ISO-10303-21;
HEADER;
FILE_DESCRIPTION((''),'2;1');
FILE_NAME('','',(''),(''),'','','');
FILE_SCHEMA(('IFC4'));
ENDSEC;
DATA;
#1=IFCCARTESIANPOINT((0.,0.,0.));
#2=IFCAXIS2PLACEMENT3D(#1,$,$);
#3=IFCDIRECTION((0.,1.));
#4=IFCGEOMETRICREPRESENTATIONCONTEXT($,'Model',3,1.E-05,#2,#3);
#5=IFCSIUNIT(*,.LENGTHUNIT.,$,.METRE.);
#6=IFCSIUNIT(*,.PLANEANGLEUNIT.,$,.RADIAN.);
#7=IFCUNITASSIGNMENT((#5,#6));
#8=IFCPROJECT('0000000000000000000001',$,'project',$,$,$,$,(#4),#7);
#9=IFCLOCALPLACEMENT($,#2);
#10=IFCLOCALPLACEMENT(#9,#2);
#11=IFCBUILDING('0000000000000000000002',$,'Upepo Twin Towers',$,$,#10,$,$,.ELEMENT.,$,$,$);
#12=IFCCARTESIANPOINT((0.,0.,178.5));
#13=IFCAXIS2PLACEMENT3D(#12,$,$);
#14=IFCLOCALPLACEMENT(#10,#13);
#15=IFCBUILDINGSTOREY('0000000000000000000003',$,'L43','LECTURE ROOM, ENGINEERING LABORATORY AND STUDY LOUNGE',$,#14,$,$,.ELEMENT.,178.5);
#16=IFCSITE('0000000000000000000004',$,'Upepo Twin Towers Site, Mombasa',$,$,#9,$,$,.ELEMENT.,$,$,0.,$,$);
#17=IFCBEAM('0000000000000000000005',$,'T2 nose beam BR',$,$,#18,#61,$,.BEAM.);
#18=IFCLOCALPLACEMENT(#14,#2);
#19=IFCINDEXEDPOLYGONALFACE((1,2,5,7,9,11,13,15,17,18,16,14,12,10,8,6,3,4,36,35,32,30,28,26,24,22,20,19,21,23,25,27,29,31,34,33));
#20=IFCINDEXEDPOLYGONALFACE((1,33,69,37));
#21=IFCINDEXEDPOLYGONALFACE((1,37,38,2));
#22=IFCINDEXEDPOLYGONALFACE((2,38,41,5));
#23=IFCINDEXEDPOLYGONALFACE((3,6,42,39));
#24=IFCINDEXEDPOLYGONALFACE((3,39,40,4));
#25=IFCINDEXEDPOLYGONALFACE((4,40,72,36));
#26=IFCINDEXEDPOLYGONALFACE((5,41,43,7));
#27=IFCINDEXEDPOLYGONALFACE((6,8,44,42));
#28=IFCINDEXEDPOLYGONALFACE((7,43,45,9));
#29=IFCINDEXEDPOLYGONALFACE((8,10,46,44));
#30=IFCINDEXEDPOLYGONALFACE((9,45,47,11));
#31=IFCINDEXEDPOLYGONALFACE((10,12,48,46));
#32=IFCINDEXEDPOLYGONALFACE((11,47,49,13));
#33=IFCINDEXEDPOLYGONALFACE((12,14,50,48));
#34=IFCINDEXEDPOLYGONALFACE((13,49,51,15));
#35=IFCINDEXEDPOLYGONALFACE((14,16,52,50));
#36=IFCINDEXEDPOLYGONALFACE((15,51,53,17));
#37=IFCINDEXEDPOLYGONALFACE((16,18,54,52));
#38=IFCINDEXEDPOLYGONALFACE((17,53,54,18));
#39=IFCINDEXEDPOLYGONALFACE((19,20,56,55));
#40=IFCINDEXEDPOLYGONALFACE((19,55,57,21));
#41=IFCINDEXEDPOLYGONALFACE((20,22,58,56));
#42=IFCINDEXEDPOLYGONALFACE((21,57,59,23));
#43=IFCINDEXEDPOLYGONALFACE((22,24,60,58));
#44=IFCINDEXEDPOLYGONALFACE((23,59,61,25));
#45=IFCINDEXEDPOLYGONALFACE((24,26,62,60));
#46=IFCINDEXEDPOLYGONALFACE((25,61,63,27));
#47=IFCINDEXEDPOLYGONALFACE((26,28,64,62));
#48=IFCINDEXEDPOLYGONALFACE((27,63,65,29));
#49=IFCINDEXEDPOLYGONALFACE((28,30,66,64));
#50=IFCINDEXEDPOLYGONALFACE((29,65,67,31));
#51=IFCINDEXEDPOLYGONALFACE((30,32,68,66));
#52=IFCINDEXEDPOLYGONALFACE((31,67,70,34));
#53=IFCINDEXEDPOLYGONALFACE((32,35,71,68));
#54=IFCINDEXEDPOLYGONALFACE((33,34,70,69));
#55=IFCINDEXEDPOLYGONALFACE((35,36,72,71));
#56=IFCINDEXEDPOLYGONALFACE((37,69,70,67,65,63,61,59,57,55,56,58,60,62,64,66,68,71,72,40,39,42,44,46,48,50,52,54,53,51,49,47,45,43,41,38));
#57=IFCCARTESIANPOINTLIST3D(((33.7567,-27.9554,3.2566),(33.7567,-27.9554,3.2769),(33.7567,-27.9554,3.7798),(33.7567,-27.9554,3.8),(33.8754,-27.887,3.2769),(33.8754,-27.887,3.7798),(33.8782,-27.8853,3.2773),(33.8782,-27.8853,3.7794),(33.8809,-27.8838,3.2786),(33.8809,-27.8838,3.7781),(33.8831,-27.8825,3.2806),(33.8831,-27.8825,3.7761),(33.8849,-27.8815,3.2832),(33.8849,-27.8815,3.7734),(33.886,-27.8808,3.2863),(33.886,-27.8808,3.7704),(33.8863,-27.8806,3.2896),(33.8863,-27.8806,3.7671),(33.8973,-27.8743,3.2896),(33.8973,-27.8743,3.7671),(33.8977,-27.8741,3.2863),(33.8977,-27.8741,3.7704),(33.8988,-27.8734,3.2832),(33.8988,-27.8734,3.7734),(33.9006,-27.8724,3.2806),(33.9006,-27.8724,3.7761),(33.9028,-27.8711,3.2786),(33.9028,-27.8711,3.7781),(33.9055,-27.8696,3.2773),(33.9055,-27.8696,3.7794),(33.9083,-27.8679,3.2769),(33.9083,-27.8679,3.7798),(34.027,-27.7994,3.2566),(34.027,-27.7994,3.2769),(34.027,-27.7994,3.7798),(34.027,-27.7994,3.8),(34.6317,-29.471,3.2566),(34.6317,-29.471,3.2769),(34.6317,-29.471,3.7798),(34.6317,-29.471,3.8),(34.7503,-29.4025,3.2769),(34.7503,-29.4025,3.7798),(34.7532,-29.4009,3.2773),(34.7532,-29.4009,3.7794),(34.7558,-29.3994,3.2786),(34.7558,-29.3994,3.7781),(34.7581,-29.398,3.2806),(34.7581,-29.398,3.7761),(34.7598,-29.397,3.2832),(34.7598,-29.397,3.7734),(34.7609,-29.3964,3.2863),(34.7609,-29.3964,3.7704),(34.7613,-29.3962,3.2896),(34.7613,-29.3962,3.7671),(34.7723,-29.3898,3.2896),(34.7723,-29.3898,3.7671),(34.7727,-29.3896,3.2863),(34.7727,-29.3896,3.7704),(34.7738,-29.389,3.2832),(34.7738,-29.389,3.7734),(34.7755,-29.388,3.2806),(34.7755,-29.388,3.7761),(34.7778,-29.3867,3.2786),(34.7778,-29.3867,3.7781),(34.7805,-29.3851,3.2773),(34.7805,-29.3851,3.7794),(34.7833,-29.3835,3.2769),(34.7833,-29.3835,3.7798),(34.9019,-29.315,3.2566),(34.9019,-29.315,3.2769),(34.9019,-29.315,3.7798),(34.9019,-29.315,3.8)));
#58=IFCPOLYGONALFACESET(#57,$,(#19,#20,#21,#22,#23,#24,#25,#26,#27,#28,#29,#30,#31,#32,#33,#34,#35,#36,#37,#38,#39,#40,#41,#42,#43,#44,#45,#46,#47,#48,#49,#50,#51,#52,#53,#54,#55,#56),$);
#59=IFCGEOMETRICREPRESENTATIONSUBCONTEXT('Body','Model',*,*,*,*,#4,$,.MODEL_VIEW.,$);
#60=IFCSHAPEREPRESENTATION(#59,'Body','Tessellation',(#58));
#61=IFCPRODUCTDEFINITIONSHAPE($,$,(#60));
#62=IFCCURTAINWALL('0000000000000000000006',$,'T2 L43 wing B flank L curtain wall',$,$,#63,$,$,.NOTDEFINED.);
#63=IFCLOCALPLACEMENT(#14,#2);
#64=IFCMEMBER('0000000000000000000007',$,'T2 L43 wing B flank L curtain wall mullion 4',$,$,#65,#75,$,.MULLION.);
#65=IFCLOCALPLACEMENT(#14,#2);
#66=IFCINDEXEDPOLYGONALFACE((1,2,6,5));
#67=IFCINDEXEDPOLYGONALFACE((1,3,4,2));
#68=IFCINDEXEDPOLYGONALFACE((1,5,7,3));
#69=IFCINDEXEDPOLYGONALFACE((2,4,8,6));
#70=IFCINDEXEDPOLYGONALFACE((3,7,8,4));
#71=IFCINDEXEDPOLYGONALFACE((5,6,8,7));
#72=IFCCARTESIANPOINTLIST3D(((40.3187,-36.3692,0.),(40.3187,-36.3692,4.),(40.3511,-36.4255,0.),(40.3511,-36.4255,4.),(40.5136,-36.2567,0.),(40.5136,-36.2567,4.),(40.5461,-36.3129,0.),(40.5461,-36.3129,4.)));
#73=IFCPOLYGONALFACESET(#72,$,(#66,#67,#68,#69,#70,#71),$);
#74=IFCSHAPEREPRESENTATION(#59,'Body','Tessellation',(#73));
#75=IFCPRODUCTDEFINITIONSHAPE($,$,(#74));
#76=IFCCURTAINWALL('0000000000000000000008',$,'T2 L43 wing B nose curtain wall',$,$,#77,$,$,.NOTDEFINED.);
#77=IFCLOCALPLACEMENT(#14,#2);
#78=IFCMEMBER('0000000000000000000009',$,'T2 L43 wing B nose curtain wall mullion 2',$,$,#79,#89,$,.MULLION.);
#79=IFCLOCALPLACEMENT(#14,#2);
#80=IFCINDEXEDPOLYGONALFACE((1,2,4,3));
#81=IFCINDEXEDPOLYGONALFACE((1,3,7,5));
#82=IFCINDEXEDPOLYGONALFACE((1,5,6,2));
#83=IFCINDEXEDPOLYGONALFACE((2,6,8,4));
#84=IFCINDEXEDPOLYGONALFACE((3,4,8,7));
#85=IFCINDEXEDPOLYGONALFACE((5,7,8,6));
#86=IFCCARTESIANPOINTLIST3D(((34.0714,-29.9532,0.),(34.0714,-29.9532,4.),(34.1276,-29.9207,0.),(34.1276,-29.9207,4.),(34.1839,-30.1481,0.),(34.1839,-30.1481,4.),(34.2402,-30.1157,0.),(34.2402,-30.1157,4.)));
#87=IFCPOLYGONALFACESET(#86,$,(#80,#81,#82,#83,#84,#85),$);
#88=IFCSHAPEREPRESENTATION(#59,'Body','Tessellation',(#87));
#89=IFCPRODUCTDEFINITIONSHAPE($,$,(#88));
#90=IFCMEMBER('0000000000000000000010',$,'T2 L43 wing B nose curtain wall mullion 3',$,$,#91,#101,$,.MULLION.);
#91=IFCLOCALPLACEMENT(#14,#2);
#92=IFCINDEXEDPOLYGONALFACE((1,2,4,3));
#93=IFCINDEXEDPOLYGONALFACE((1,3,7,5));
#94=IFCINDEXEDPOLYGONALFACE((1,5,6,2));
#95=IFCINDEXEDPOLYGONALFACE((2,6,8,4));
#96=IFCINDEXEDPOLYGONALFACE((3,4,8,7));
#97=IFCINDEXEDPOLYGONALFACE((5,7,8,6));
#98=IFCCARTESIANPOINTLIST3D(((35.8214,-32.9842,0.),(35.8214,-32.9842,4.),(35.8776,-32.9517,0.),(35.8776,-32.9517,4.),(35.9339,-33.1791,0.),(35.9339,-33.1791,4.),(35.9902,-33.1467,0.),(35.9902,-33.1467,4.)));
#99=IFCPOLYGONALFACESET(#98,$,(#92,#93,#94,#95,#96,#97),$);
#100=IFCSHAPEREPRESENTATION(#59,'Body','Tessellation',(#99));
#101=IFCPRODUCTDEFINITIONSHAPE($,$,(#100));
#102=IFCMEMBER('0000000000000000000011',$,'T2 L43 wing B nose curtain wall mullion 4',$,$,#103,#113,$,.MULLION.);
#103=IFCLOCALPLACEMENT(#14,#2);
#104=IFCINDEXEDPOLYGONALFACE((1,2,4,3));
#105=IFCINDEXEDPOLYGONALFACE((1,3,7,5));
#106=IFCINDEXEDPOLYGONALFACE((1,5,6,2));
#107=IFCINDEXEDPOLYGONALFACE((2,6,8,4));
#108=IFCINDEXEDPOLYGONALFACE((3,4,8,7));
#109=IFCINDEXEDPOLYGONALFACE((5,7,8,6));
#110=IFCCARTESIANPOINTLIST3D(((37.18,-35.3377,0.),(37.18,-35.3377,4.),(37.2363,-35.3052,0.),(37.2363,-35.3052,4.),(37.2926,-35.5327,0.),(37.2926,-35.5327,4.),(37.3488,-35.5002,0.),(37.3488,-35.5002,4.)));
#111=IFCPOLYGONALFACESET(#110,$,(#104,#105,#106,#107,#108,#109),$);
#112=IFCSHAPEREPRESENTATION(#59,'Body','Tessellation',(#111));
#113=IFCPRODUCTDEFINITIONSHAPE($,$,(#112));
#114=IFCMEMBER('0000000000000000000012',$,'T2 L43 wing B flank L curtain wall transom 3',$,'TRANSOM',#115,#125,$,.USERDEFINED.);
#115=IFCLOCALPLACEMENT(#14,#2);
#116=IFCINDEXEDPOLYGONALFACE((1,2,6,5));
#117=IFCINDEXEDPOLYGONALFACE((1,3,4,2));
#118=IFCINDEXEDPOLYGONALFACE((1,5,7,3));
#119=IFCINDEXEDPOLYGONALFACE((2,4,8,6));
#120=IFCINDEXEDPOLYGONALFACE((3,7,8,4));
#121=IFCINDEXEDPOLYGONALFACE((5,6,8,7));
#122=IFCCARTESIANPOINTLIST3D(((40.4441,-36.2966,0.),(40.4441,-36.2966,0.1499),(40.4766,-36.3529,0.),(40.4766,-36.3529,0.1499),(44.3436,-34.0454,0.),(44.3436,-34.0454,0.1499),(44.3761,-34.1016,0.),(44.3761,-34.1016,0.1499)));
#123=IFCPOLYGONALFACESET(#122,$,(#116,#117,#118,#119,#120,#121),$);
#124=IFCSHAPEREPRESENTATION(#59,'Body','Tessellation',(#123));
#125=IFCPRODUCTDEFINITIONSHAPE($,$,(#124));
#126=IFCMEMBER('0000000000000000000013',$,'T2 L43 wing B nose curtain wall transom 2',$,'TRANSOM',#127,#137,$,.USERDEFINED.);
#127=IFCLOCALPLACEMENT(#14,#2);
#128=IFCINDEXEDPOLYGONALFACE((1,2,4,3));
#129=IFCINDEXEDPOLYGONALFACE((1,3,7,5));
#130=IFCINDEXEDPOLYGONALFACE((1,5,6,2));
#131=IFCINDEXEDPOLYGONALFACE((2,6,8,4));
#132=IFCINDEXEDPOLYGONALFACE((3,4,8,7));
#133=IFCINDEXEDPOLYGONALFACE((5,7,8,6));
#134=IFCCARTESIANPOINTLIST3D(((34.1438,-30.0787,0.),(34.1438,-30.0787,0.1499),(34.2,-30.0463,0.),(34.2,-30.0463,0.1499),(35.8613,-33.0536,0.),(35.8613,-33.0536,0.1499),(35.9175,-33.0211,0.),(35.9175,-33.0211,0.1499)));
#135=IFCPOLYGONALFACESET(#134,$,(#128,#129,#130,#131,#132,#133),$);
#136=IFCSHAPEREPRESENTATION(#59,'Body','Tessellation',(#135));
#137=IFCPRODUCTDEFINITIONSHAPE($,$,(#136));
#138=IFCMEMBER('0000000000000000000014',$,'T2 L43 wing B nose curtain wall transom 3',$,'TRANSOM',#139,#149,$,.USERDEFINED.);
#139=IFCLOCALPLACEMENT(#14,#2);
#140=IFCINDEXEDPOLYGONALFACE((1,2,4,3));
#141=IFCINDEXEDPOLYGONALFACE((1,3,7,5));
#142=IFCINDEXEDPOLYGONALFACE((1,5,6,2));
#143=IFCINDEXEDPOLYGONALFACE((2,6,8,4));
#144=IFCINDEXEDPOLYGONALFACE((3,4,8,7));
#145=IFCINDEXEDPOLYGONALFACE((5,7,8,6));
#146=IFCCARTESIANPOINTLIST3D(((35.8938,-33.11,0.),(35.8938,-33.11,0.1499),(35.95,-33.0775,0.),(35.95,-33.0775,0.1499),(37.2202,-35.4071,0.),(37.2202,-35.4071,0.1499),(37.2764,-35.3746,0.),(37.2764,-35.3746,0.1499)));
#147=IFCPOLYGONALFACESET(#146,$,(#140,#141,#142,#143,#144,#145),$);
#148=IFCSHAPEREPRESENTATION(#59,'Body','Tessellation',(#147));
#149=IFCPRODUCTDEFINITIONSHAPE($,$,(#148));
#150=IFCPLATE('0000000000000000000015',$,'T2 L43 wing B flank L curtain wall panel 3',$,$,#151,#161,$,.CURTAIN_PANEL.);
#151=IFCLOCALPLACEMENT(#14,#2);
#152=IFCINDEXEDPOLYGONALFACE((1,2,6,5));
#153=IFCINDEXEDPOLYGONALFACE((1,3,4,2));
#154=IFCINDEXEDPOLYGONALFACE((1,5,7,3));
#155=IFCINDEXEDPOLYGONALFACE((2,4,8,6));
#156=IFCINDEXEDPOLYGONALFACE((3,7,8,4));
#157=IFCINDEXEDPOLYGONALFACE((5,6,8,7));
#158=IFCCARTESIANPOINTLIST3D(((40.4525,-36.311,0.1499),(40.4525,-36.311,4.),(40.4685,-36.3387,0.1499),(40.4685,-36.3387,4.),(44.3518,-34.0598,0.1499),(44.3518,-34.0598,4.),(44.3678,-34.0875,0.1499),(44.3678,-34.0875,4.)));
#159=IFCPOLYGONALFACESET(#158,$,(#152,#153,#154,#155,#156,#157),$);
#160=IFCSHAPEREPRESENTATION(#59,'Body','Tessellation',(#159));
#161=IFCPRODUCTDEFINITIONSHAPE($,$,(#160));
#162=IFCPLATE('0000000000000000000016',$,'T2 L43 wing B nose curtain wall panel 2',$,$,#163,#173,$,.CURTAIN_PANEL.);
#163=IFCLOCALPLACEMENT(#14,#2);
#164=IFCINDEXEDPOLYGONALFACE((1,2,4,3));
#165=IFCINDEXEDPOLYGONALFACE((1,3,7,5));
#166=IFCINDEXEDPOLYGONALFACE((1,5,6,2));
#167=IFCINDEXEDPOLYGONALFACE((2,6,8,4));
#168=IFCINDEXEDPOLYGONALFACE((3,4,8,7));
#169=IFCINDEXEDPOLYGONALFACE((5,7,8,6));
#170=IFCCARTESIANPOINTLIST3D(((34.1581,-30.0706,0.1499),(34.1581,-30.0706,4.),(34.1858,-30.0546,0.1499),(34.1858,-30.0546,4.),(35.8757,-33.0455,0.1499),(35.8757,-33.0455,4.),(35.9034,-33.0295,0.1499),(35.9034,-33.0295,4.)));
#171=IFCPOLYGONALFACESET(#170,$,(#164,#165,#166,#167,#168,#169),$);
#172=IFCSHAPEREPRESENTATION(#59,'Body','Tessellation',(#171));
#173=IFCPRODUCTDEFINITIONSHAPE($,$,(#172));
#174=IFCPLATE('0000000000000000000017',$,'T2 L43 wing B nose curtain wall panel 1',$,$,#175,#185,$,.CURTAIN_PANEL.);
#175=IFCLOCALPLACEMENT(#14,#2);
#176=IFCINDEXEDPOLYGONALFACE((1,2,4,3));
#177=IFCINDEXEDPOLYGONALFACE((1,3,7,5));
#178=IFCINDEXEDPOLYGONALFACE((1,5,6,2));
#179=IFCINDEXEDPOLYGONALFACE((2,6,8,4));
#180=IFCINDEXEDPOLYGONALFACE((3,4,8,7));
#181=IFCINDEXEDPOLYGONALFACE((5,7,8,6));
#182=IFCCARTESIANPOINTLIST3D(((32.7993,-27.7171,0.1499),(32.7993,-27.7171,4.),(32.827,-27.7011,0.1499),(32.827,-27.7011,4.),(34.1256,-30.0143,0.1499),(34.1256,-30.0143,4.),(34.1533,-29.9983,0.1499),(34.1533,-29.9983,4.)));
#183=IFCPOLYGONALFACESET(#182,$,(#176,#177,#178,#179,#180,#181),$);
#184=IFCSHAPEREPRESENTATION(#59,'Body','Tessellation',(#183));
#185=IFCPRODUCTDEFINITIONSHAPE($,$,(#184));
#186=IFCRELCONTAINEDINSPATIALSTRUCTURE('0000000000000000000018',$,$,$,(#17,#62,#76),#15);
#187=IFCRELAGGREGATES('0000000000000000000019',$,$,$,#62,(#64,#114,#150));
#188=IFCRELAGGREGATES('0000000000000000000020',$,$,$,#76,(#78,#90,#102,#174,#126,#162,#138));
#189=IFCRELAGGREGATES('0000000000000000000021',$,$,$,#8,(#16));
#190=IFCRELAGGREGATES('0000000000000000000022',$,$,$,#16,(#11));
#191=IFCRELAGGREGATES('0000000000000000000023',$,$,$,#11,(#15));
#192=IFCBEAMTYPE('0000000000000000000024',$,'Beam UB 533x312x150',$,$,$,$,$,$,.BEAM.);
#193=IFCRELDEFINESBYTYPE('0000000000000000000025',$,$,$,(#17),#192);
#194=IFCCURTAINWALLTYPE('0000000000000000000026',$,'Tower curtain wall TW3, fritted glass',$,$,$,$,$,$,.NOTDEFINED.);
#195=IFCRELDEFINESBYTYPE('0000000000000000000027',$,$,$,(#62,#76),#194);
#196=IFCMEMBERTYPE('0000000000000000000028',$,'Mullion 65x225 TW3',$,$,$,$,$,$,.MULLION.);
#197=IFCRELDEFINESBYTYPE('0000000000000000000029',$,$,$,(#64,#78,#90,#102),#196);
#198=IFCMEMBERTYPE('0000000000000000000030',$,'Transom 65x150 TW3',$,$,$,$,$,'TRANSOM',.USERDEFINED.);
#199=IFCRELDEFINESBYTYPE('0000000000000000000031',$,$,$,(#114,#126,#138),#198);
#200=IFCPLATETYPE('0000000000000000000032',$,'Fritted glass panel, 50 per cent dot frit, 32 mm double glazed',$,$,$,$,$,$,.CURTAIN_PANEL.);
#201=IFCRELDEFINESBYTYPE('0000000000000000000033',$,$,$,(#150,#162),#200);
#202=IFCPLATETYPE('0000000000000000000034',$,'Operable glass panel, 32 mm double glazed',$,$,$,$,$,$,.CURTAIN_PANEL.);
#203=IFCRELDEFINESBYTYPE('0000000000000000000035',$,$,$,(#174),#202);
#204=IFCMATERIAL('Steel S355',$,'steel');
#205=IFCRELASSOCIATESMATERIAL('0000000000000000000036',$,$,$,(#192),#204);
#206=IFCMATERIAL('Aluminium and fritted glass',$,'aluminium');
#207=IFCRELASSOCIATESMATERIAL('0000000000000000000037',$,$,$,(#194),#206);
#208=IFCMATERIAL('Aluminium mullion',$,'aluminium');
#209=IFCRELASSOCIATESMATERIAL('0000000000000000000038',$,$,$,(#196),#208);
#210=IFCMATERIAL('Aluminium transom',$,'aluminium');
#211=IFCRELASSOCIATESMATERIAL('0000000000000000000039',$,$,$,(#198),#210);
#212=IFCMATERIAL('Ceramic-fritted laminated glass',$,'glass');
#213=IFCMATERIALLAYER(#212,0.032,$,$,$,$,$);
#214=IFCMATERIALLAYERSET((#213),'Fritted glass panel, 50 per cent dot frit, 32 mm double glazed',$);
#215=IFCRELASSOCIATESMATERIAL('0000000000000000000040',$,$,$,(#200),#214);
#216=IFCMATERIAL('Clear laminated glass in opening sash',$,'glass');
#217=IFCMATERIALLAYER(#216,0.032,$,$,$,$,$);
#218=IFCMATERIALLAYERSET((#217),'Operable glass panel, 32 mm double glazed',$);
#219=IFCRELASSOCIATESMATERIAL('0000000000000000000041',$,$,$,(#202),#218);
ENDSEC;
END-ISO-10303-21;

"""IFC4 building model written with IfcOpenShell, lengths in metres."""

from ifc_helpers import new_model, si_unit, direction, frame, origin, origin_2d, place, context, subcontext, project, spatial, rectangle, i_section, extrude, material, layer, layer_set, material_profile, profile_set, type_object, element, aggregate, save


model = new_model("IFC4")

# Units and contexts
model_context = context("Model", 3, precision=1e-05, world=origin(), true_north=direction((0.0, 1.0)))
body_context = subcontext(model_context, "Body", "Model", "MODEL_VIEW")
ifc_project = project(units=[si_unit("LENGTHUNIT", "METRE"), si_unit("PLANEANGLEUNIT", "RADIAN")], contexts=[model_context])

# Site, building, storey
site_placement = place(None, origin())
site = spatial("IfcSite", under=ifc_project, at=site_placement, Name="Upepo Twin Towers Site, Mombasa", CompositionType="ELEMENT", RefElevation=0.0)
building_placement = place(site_placement, origin())
building = spatial("IfcBuilding", under=site, at=building_placement, Name="Upepo Twin Towers", CompositionType="ELEMENT")
storey_placement = place(building_placement, frame((0.0, 0.0, 178.5)))
storey = spatial("IfcBuildingStorey", under=building, at=storey_placement, Name="L43", Description="LECTURE ROOM, ENGINEERING LABORATORY AND STUDY LOUNGE", CompositionType="ELEMENT", Elevation=178.5)

# Beam
ifc_material_1 = material(Name="Steel S355", Category="steel")
ifc_material_profile_1 = material_profile(ifc_material_1, i_section(OverallWidth=0.312, OverallDepth=0.5435, WebThickness=0.0127, FlangeThickness=0.0203, FilletRadius=0.0127, at=origin_2d()), Name="UB 533x312x150")
ifc_profile_set_1 = profile_set([ifc_material_profile_1], Name="Steel S355")
beam_type_1 = type_object("IfcBeamType", Name="Beam UB 533x312x150", PredefinedType="BEAM", material=ifc_profile_set_1)
for number, where, z_axis, x_axis, name in (
    (1, (33.8918, -27.8774, 3.5283), (0.49998, -0.866037, 0.0), (0.866037, 0.49998, 0.0), "T2 nose beam BR"),
):
    element("IfcBeam", number, at=place(storey_placement, frame(where, z_axis=z_axis, x_axis=x_axis)), inside=storey, type_object=beam_type_1, Name=name, PredefinedType="BEAM", context=body_context, shape_type="SweptSolid", body=[
        extrude(i_section(OverallWidth=0.312, OverallDepth=0.5435, WebThickness=0.0127, FlangeThickness=0.0203, FilletRadius=0.0127, at=origin_2d()), origin(), (0.0, 0.0, 1.0), 1.75),
    ])

# Curtain wall, member
ifc_material_2 = material(Name="Aluminium and fritted glass", Category="aluminium")
curtain_wall_type = type_object("IfcCurtainWallType", Name="Tower curtain wall TW3, fritted glass", PredefinedType="NOTDEFINED", material=ifc_material_2)
curtain_wall_1_placement = place(storey_placement, origin())
curtain_wall_1 = element("IfcCurtainWall", 2, at=curtain_wall_1_placement, inside=storey, type_object=curtain_wall_type, Name="T2 L43 wing B flank L curtain wall", PredefinedType="NOTDEFINED")
ifc_material_3 = material(Name="Aluminium mullion", Category="aluminium")
ifc_material_profile_2 = material_profile(ifc_material_3, rectangle(XDim=0.0649, YDim=0.2251, at=origin_2d()), Name="MULLION 65x225")
ifc_profile_set_2 = profile_set([ifc_material_profile_2], Name="Aluminium mullion")
member_type_1 = type_object("IfcMemberType", Name="Mullion 65x225 TW3", PredefinedType="MULLION", material=ifc_profile_set_2)
member_1_placement = place(storey_placement, frame((40.4324, -36.3411, 0.0), z_axis=(0.0, 0.0, 1.0), x_axis=(0.5, -0.866025, 0.0)))
member_1 = element("IfcMember", 3, at=member_1_placement, type_object=member_type_1, Name="T2 L43 wing B flank L curtain wall mullion 4", PredefinedType="MULLION", context=body_context, shape_type="SweptSolid", body=[
    extrude(rectangle(XDim=0.0649, YDim=0.2251, at=origin_2d()), origin(), (0.0, 0.0, 1.0), 4.0),
])

# Curtain wall, members
curtain_wall_2_placement = place(storey_placement, origin())
curtain_wall_2 = element("IfcCurtainWall", 4, at=curtain_wall_2_placement, inside=storey, type_object=curtain_wall_type, Name="T2 L43 wing B nose curtain wall", PredefinedType="NOTDEFINED")
member_2_placement = place(storey_placement, frame((34.1558, -30.0344, 0.0), z_axis=(0.0, 0.0, 1.0), x_axis=(0.866025, 0.5, 0.0)))
member_2 = element("IfcMember", 5, at=member_2_placement, type_object=member_type_1, Name="T2 L43 wing B nose curtain wall mullion 2", PredefinedType="MULLION", context=body_context, shape_type="SweptSolid", body=[
    extrude(rectangle(XDim=0.0649, YDim=0.2251, at=origin_2d()), origin(), (0.0, 0.0, 1.0), 4.0),
])
member_3_placement = place(storey_placement, frame((35.9058, -33.0654, 0.0), z_axis=(0.0, 0.0, 1.0), x_axis=(0.866025, 0.5, 0.0)))
member_3 = element("IfcMember", 6, at=member_3_placement, type_object=member_type_1, Name="T2 L43 wing B nose curtain wall mullion 3", PredefinedType="MULLION", context=body_context, shape_type="SweptSolid", body=[
    extrude(rectangle(XDim=0.0649, YDim=0.2251, at=origin_2d()), origin(), (0.0, 0.0, 1.0), 4.0),
])
member_4_placement = place(storey_placement, frame((37.2644, -35.4189, 0.0), z_axis=(0.0, 0.0, 1.0), x_axis=(0.866025, 0.5, 0.0)))
member_4 = element("IfcMember", 7, at=member_4_placement, type_object=member_type_1, Name="T2 L43 wing B nose curtain wall mullion 4", PredefinedType="MULLION", context=body_context, shape_type="SweptSolid", body=[
    extrude(rectangle(XDim=0.0649, YDim=0.2251, at=origin_2d()), origin(), (0.0, 0.0, 1.0), 4.0),
])

# Members
ifc_material_4 = material(Name="Aluminium transom", Category="aluminium")
ifc_material_profile_3 = material_profile(ifc_material_4, rectangle(XDim=0.0649, YDim=0.1499, at=origin_2d()), Name="TRANSOM 65x150")
ifc_profile_set_3 = profile_set([ifc_material_profile_3], Name="Aluminium transom")
member_type_2 = type_object("IfcMemberType", Name="Transom 65x150 TW3", ElementType="TRANSOM", PredefinedType="USERDEFINED", material=ifc_profile_set_3)
member_5_placement = place(storey_placement, frame((44.3599, -34.0735, 0.075), z_axis=(-0.866036, -0.499982, 0.0), x_axis=(0.499982, -0.866036, 0.0)))
member_5 = element("IfcMember", 8, at=member_5_placement, type_object=member_type_2, Name="T2 L43 wing B flank L curtain wall transom 3", ObjectType="TRANSOM", PredefinedType="USERDEFINED", context=body_context, shape_type="SweptSolid", body=[
    extrude(rectangle(XDim=0.0649, YDim=0.1499, at=origin_2d()), origin(), (0.0, 0.0, 1.0), 4.5027),
])
member_6_placement = place(storey_placement, frame((34.1719, -30.0625, 0.075), z_axis=(0.499999, -0.866026, 0.0), x_axis=(0.866026, 0.499999, 0.0)))
member_6 = element("IfcMember", 9, at=member_6_placement, type_object=member_type_2, Name="T2 L43 wing B nose curtain wall transom 2", ObjectType="TRANSOM", PredefinedType="USERDEFINED", context=body_context, shape_type="SweptSolid", body=[
    extrude(rectangle(XDim=0.0649, YDim=0.1499, at=origin_2d()), origin(), (0.0, 0.0, 1.0), 3.4351),
])
member_7_placement = place(storey_placement, frame((35.9219, -33.0938, 0.075), z_axis=(0.500049, -0.865997, 0.0), x_axis=(0.865997, 0.500049, 0.0)))
member_7 = element("IfcMember", 10, at=member_7_placement, type_object=member_type_2, Name="T2 L43 wing B nose curtain wall transom 3", ObjectType="TRANSOM", PredefinedType="USERDEFINED", context=body_context, shape_type="SweptSolid", body=[
    extrude(rectangle(XDim=0.0649, YDim=0.1499, at=origin_2d()), origin(), (0.0, 0.0, 1.0), 2.6526),
])

# Plates
ifc_material_5 = material(Name="Ceramic-fritted laminated glass", Category="glass")
ifc_layer_1 = layer(ifc_material_5, 0.032)
ifc_layer_set_1 = layer_set([ifc_layer_1], Name="Fritted glass panel, 50 per cent dot frit, 32 mm double glazed")
plate_type_1 = type_object("IfcPlateType", Name="Fritted glass panel, 50 per cent dot frit, 32 mm double glazed", PredefinedType="CURTAIN_PANEL", material=ifc_layer_set_1)
plate_1_placement = place(storey_placement, frame((42.4102, -35.1992, 0.1499), z_axis=(0.0, 0.0, 1.0), x_axis=(-0.866025, -0.5, 0.0)))
plate_1 = element("IfcPlate", 11, at=plate_1_placement, type_object=plate_type_1, Name="T2 L43 wing B flank L curtain wall panel 3", PredefinedType="CURTAIN_PANEL", context=body_context, shape_type="SweptSolid", body=[
    extrude(rectangle(XDim=4.5024, YDim=0.032, at=origin_2d()), origin(), (0.0, 0.0, 1.0), 3.8501),
])
aggregate(curtain_wall_1, [member_1, member_5, plate_1])
plate_2_placement = place(storey_placement, frame((35.0308, -31.55, 0.1499), z_axis=(0.0, 0.0, 1.0), x_axis=(0.5, -0.866025, 0.0)))
plate_2 = element("IfcPlate", 12, at=plate_2_placement, type_object=plate_type_1, Name="T2 L43 wing B nose curtain wall panel 2", PredefinedType="CURTAIN_PANEL", context=body_context, shape_type="SweptSolid", body=[
    extrude(rectangle(XDim=3.4351, YDim=0.032, at=origin_2d()), origin(), (0.0, 0.0, 1.0), 3.8501),
])
ifc_material_6 = material(Name="Clear laminated glass in opening sash", Category="glass")
ifc_layer_2 = layer(ifc_material_6, 0.032)
ifc_layer_set_2 = layer_set([ifc_layer_2], Name="Operable glass panel, 32 mm double glazed")
plate_type_2 = type_object("IfcPlateType", Name="Operable glass panel, 32 mm double glazed", PredefinedType="CURTAIN_PANEL", material=ifc_layer_set_2)
plate_3_placement = place(storey_placement, frame((33.4763, -28.8577, 0.1499), z_axis=(0.0, 0.0, 1.0), x_axis=(0.5, -0.866025, 0.0)))
plate_3 = element("IfcPlate", 13, at=plate_3_placement, type_object=plate_type_2, Name="T2 L43 wing B nose curtain wall panel 1", PredefinedType="CURTAIN_PANEL", context=body_context, shape_type="SweptSolid", body=[
    extrude(rectangle(XDim=2.6526, YDim=0.032, at=origin_2d()), origin(), (0.0, 0.0, 1.0), 3.8501),
])
aggregate(curtain_wall_2, [member_2, member_3, member_4, plate_3, member_6, plate_2, member_7])

save(model, "model.ifc")
